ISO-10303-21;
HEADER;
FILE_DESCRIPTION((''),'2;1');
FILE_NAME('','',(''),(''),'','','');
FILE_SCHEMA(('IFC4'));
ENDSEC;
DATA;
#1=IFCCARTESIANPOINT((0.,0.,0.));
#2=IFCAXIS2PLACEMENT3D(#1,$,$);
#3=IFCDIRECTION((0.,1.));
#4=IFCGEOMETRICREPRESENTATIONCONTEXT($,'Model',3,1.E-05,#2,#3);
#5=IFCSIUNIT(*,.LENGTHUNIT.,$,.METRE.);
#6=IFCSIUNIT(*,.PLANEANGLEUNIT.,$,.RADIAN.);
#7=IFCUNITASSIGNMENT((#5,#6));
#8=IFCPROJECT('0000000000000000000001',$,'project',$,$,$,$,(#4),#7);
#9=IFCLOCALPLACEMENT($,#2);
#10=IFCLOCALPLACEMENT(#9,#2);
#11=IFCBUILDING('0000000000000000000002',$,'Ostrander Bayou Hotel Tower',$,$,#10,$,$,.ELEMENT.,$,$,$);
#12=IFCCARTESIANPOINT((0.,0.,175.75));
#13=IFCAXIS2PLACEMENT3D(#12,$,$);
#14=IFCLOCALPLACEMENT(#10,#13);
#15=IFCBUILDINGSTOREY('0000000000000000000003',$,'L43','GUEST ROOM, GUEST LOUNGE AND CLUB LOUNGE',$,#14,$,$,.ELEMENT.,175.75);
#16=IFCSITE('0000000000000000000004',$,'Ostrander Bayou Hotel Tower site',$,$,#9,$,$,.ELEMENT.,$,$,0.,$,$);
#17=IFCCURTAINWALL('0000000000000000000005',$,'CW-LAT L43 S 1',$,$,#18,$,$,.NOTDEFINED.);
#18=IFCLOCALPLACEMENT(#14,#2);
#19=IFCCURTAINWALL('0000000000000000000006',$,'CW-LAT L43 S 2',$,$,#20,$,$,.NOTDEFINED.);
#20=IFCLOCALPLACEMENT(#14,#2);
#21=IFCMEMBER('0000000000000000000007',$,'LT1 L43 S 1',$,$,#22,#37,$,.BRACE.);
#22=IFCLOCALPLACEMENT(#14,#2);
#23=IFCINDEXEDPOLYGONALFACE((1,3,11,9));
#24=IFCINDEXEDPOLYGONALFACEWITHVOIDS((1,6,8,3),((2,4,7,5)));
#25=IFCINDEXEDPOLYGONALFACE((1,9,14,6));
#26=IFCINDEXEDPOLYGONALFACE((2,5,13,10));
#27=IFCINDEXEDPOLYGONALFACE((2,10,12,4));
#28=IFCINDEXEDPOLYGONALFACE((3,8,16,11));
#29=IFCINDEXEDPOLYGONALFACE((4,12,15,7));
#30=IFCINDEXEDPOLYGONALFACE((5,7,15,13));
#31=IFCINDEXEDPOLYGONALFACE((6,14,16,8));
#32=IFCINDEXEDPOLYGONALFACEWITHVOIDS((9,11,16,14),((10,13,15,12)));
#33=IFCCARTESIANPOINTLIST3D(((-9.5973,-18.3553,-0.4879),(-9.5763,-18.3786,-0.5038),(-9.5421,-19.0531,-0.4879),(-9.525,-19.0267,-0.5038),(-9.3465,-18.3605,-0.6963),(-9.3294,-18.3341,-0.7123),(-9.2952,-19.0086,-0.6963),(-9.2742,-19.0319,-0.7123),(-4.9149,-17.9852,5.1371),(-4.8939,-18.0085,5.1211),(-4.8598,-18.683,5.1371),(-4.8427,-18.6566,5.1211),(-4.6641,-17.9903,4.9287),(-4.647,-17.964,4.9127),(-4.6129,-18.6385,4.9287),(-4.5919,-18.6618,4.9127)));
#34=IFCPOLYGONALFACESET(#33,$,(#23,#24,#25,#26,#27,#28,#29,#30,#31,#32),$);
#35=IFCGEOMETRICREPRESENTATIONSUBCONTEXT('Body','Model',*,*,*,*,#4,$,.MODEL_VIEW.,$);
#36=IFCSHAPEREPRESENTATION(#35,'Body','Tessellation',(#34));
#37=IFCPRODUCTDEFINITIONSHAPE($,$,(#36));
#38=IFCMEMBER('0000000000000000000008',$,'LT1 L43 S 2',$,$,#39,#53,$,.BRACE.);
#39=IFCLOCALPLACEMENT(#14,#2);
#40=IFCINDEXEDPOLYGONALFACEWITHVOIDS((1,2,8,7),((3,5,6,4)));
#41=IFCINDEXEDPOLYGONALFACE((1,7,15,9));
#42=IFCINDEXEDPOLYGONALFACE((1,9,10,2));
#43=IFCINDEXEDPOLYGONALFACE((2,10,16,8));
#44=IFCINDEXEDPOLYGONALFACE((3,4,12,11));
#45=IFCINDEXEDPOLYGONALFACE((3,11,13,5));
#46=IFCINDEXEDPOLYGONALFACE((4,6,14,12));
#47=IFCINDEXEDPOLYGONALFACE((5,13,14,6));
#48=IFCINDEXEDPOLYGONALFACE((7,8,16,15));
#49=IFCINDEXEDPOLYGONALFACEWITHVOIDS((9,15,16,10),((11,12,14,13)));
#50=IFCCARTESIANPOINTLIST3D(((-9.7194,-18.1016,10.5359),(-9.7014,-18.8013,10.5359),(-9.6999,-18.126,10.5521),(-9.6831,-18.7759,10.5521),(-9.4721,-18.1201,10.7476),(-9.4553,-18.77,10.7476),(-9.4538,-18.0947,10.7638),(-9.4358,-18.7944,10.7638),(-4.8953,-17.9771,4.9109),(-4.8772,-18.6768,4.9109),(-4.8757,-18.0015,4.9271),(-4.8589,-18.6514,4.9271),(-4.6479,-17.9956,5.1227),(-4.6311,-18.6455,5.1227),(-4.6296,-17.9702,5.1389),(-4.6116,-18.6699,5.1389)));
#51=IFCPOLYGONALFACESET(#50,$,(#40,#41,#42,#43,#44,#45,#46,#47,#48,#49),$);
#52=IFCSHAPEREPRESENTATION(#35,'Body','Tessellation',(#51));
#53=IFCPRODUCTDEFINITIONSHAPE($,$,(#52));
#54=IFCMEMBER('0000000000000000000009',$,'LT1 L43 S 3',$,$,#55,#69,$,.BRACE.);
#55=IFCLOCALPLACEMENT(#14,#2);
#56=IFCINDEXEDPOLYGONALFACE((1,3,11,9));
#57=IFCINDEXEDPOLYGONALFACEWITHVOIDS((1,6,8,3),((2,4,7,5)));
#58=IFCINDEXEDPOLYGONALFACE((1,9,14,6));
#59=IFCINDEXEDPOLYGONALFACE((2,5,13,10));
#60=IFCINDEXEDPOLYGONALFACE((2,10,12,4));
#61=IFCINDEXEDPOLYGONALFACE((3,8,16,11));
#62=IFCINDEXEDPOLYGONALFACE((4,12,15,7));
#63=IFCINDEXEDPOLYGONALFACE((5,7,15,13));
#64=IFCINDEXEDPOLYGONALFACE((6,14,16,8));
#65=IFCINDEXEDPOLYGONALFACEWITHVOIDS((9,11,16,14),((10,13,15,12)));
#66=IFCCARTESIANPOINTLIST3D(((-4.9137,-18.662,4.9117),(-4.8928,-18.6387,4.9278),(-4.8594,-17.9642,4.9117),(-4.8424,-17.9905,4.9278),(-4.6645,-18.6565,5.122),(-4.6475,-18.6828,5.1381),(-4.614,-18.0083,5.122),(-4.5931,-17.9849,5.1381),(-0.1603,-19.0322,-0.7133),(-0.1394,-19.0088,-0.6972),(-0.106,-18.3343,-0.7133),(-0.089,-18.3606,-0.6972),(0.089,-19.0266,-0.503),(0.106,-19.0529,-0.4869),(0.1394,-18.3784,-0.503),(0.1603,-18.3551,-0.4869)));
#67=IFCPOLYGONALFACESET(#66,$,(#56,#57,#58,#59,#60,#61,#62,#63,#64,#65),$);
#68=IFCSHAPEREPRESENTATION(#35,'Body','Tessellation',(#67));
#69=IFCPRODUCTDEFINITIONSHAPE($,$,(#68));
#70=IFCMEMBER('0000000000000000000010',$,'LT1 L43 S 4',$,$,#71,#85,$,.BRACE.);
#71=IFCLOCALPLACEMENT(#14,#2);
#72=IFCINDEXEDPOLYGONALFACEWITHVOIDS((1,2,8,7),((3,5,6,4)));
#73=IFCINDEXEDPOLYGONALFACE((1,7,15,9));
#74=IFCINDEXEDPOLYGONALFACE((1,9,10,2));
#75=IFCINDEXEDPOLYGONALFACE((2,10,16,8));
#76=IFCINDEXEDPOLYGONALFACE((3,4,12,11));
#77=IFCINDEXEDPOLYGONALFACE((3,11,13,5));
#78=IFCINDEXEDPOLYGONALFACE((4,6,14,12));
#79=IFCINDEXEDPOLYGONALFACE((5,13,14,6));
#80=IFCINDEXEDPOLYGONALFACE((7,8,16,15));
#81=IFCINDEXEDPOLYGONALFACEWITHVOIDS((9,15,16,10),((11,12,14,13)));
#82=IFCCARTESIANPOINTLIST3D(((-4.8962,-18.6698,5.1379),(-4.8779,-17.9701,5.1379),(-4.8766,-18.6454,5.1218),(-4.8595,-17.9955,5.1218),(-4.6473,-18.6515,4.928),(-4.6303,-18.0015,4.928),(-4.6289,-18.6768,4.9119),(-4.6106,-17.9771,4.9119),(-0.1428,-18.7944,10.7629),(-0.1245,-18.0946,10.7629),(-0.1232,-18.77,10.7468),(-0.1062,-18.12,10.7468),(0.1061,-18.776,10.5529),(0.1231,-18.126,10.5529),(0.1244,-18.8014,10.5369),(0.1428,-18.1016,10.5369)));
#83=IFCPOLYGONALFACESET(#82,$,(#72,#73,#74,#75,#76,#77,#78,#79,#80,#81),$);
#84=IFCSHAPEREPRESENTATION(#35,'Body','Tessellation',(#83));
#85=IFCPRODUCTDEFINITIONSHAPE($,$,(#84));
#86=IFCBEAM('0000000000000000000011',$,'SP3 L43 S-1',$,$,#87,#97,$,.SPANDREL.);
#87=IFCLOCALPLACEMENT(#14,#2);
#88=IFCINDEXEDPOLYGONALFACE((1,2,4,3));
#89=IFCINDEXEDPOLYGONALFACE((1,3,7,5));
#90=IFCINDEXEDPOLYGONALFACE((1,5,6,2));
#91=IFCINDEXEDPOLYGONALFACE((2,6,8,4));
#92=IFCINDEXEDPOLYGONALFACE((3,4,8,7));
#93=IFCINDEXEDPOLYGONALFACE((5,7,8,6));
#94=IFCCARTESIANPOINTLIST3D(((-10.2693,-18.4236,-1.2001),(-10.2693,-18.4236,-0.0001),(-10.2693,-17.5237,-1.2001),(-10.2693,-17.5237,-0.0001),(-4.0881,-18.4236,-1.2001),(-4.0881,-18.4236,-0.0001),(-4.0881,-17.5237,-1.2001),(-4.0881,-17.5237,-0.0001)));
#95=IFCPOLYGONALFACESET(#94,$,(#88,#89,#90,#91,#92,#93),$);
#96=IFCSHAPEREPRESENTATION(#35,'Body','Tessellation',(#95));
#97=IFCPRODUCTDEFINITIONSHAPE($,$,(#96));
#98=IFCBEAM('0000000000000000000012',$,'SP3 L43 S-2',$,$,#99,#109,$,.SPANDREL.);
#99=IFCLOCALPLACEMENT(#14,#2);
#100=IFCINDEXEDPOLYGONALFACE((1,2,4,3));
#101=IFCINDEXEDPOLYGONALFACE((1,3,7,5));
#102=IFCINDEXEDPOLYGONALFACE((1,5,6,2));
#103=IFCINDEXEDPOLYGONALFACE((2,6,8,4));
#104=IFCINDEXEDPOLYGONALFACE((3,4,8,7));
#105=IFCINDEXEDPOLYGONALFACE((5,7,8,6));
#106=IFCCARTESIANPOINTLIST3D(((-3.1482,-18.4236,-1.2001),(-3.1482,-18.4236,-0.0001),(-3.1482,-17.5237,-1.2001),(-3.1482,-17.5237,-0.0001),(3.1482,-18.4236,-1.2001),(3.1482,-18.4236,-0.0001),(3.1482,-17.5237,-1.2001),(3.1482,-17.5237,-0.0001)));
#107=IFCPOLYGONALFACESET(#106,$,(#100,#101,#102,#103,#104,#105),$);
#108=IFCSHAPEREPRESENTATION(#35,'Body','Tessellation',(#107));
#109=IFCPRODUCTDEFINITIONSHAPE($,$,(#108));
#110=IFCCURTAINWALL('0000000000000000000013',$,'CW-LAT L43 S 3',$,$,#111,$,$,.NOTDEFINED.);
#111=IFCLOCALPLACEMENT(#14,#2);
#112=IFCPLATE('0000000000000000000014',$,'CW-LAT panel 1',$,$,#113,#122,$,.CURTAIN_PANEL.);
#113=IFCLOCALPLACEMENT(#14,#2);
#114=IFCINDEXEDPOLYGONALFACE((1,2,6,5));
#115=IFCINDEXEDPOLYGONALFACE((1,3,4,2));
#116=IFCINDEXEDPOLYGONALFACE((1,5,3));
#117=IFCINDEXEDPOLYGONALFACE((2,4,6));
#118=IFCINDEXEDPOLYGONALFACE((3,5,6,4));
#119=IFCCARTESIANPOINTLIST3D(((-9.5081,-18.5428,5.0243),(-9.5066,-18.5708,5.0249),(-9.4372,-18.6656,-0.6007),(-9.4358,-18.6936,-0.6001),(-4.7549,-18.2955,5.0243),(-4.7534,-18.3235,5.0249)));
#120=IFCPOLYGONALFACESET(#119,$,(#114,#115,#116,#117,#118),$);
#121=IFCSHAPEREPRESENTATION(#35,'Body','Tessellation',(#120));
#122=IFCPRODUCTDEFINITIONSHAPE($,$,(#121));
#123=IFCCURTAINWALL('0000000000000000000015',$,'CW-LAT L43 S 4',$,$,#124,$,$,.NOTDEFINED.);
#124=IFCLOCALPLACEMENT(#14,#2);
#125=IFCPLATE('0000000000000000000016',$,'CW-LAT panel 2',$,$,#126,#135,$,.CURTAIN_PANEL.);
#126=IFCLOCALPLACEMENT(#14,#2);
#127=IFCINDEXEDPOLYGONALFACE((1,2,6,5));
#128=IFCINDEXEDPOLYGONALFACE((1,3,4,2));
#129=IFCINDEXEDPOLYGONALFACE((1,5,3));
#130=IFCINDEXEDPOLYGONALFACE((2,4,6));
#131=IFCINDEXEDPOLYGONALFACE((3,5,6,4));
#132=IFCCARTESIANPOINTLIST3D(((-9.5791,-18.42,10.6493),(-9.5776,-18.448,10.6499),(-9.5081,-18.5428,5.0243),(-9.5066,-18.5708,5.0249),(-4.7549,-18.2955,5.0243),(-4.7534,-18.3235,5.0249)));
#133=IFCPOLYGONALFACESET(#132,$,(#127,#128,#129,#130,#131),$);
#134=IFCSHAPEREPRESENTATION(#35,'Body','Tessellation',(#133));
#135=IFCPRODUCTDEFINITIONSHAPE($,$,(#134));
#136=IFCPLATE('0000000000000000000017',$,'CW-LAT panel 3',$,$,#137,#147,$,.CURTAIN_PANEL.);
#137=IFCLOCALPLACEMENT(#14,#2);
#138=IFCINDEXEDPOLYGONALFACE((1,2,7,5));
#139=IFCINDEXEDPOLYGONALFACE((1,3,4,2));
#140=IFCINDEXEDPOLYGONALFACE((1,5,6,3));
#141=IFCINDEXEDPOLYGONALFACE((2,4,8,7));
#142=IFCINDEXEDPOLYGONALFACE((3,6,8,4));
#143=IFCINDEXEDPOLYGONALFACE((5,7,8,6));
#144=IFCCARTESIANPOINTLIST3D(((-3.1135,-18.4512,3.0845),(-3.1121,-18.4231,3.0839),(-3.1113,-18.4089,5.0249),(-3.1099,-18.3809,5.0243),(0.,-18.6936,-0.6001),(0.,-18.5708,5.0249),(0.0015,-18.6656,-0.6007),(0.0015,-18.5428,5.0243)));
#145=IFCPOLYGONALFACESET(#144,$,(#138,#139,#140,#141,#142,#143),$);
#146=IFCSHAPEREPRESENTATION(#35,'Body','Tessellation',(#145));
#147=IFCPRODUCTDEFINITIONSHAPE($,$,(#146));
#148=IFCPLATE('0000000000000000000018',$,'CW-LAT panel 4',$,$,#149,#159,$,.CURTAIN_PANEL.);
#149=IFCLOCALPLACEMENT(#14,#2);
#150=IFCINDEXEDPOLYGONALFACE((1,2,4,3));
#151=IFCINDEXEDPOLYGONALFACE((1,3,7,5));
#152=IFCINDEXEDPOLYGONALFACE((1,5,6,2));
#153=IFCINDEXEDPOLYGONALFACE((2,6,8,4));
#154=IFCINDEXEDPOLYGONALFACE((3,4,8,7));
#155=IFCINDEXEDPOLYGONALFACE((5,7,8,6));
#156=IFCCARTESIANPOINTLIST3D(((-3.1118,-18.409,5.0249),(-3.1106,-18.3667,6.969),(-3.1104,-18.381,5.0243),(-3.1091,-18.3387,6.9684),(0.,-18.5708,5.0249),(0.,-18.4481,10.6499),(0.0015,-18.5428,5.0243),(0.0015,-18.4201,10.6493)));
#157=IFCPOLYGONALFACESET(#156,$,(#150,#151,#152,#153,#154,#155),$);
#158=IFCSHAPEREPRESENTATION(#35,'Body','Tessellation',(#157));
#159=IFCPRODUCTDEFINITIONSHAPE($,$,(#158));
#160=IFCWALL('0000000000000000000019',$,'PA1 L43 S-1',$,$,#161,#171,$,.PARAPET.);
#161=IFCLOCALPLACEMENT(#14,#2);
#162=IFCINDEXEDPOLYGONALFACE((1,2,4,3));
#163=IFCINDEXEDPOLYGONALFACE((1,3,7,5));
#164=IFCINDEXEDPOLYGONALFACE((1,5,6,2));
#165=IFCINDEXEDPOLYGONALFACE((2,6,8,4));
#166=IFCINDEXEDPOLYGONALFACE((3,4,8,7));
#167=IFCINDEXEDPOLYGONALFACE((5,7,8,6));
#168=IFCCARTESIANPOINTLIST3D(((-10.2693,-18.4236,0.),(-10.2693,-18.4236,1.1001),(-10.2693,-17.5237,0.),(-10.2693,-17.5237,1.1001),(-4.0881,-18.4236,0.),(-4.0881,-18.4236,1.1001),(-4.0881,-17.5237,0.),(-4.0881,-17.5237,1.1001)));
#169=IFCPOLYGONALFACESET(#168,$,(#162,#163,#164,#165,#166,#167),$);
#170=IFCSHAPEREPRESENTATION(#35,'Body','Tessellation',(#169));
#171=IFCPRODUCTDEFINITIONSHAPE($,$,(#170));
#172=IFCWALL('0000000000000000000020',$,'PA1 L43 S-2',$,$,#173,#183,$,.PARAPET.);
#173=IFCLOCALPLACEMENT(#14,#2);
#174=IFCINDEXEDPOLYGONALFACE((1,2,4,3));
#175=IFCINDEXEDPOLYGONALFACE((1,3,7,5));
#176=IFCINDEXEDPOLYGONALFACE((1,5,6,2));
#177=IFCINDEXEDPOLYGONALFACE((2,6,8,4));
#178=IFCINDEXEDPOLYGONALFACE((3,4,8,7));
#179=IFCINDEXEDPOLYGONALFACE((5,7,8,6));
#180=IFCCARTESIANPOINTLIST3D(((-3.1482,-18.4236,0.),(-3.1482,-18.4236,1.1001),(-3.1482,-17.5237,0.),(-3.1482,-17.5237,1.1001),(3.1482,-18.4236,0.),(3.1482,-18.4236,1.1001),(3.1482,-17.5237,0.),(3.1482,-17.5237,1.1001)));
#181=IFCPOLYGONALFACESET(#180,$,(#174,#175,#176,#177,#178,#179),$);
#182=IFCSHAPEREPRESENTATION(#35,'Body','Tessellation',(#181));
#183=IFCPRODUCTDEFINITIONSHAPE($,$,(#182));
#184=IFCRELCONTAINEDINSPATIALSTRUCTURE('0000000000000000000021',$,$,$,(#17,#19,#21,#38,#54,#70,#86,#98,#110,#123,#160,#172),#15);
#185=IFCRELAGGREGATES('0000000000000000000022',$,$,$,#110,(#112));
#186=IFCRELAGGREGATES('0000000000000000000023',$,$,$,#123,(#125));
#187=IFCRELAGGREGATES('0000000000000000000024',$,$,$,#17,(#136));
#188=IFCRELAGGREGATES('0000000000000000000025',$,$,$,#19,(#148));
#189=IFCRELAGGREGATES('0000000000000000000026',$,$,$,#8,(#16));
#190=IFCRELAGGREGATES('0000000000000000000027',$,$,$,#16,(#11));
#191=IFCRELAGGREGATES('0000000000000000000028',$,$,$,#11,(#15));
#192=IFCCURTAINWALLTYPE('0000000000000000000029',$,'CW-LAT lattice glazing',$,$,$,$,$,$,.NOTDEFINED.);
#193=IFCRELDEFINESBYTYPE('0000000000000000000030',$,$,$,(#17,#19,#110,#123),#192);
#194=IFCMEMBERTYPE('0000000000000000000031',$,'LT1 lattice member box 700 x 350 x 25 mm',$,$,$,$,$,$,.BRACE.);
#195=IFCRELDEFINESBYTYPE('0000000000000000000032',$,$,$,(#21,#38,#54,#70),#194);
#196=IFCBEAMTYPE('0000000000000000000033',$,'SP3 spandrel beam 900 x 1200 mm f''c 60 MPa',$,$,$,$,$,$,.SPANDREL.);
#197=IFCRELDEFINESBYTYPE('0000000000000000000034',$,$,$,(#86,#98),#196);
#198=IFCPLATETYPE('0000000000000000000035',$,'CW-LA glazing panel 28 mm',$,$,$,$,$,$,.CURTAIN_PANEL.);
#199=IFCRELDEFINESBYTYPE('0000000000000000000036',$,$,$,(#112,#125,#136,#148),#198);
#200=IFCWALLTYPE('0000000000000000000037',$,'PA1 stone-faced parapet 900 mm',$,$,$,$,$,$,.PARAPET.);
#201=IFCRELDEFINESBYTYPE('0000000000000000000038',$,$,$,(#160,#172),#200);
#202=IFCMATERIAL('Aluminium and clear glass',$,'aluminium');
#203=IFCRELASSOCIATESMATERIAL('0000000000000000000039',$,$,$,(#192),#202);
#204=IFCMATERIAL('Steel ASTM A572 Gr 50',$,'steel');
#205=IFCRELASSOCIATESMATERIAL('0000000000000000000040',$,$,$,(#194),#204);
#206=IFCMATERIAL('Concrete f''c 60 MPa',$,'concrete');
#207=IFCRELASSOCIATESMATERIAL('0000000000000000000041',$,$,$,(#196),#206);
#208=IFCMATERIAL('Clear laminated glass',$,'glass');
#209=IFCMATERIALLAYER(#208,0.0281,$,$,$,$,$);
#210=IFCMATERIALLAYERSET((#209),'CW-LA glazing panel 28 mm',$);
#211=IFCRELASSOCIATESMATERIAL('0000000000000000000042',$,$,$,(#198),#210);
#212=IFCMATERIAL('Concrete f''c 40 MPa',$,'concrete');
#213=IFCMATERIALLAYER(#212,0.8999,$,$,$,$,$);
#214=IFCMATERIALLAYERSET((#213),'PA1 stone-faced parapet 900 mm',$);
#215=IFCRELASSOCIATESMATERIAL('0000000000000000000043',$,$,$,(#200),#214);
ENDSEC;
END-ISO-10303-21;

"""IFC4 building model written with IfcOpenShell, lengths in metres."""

from ifc_helpers import new_model, si_unit, direction, frame, frame_2d, origin, origin_2d, place, context, subcontext, project, spatial, polyline, rectangle, hollow_rectangle, outline, extrude, material, layer, layer_set, material_profile, profile_set, type_object, element, aggregate, save


model = new_model("IFC4")

# Units and contexts
model_context = context("Model", 3, precision=1e-05, world=origin(), true_north=direction((0.0, 1.0)))
body_context = subcontext(model_context, "Body", "Model", "MODEL_VIEW")
ifc_project = project(units=[si_unit("LENGTHUNIT", "METRE"), si_unit("PLANEANGLEUNIT", "RADIAN")], contexts=[model_context])

# Site, building, storey
site_placement = place(None, origin())
site = spatial("IfcSite", under=ifc_project, at=site_placement, Name="Ostrander Bayou Hotel Tower site", CompositionType="ELEMENT", RefElevation=0.0)
building_placement = place(site_placement, origin())
building = spatial("IfcBuilding", under=site, at=building_placement, Name="Ostrander Bayou Hotel Tower", CompositionType="ELEMENT")
storey_placement = place(building_placement, frame((0.0, 0.0, 175.75)))
storey = spatial("IfcBuildingStorey", under=building, at=storey_placement, Name="L43", Description="GUEST ROOM, GUEST LOUNGE AND CLUB LOUNGE", CompositionType="ELEMENT", Elevation=175.75)

# Curtain wall
ifc_material_1 = material(Name="Aluminium and clear glass", Category="aluminium")
curtain_wall_type = type_object("IfcCurtainWallType", Name="CW-LAT lattice glazing", PredefinedType="NOTDEFINED", material=ifc_material_1)
curtain_wall_1_placement = place(storey_placement, origin())
curtain_wall_1 = element("IfcCurtainWall", 1, at=curtain_wall_1_placement, inside=storey, type_object=curtain_wall_type, Name="CW-LAT L43 S 1", PredefinedType="NOTDEFINED")

# Curtain wall
curtain_wall_2_placement = place(storey_placement, origin())
curtain_wall_2 = element("IfcCurtainWall", 2, at=curtain_wall_2_placement, inside=storey, type_object=curtain_wall_type, Name="CW-LAT L43 S 2", PredefinedType="NOTDEFINED")

# Members
ifc_material_2 = material(Name="Steel ASTM A572 Gr 50", Category="steel")
ifc_material_profile_1 = material_profile(ifc_material_2, hollow_rectangle(XDim=0.7, YDim=0.3501, WallThickness=0.0249, at=origin_2d()))
ifc_profile_set_1 = profile_set([ifc_material_profile_1], Name="Steel ASTM A572 Gr 50")
member_type_1 = type_object("IfcMemberType", Name="LT1 lattice member box 700 x 350 x 25 mm", PredefinedType="BRACE", material=ifc_profile_set_1)
member_1_placement = place(storey_placement, frame((-4.7534, -18.3235, 5.0249), z_axis=(-0.638954, -0.050506, -0.767585), x_axis=(0.078799, -0.996891, 0.0)))
element("IfcMember", 3, at=member_1_placement, inside=storey, type_object=member_type_1, Name="LT1 L43 S 1", PredefinedType="BRACE", context=body_context, shape_type="SweptSolid", body=[
    extrude(hollow_rectangle(XDim=0.7, YDim=0.3501, WallThickness=0.0249, at=origin_2d()), origin(), (0.0, 0.0, 1.0), 7.3281),
])
member_2_placement = place(storey_placement, frame((-4.7534, -18.3235, 5.0249), z_axis=(-0.650917, -0.0168, 0.758963), x_axis=(0.025801, -0.999667, 0.0)))
element("IfcMember", 4, at=member_2_placement, inside=storey, type_object=member_type_1, Name="LT1 L43 S 2", PredefinedType="BRACE", context=body_context, shape_type="SweptSolid", body=[
    extrude(hollow_rectangle(XDim=0.7, YDim=0.3501, WallThickness=0.0249, at=origin_2d()), origin(), (0.0, 0.0, 1.0), 7.4114),
])
member_3_placement = place(storey_placement, frame((-4.7534, -18.3235, 5.0249), z_axis=(0.644638, -0.050194, -0.762838), x_axis=(0.077628, 0.996982, 0.0)))
element("IfcMember", 5, at=member_3_placement, inside=storey, type_object=member_type_1, Name="LT1 L43 S 3", PredefinedType="BRACE", context=body_context, shape_type="SweptSolid", body=[
    extrude(hollow_rectangle(XDim=0.7, YDim=0.3501, WallThickness=0.0249, at=origin_2d()), origin(), (0.0, 0.0, 1.0), 7.3738),
])
member_4_placement = place(storey_placement, frame((-4.7534, -18.3235, 5.0249), z_axis=(0.645359, -0.016905, 0.763692), x_axis=(0.026185, 0.999657, 0.0)))
element("IfcMember", 6, at=member_4_placement, inside=storey, type_object=member_type_1, Name="LT1 L43 S 4", PredefinedType="BRACE", context=body_context, shape_type="SweptSolid", body=[
    extrude(hollow_rectangle(XDim=0.7, YDim=0.3501, WallThickness=0.0249, at=origin_2d()), origin(), (0.0, 0.0, 1.0), 7.3655),
])

# Beams
ifc_material_3 = material(Name="Concrete f'c 60 MPa", Category="concrete")
ifc_material_profile_2 = material_profile(ifc_material_3, rectangle(XDim=0.8999, YDim=1.2, at=origin_2d()))
ifc_profile_set_2 = profile_set([ifc_material_profile_2], Name="Concrete f'c 60 MPa")
beam_type_1 = type_object("IfcBeamType", Name="SP3 spandrel beam 900 x 1200 mm f'c 60 MPa", PredefinedType="SPANDREL", material=ifc_profile_set_2)
beam_1_placement = place(storey_placement, frame((-10.2693, -17.9736, -0.6001), z_axis=(1.0, 0.0, 0.0), x_axis=(0.0, 1.0, 0.0)))
element("IfcBeam", 7, at=beam_1_placement, inside=storey, type_object=beam_type_1, Name="SP3 L43 S-1", PredefinedType="SPANDREL", context=body_context, shape_type="SweptSolid", body=[
    extrude(rectangle(XDim=0.8999, YDim=1.2, at=origin_2d()), origin(), (0.0, 0.0, 1.0), 6.1812),
])
beam_2_placement = place(storey_placement, frame((-3.1482, -17.9736, -0.6001), z_axis=(1.0, 0.0, 0.0), x_axis=(0.0, 1.0, 0.0)))
element("IfcBeam", 8, at=beam_2_placement, inside=storey, type_object=beam_type_1, Name="SP3 L43 S-2", PredefinedType="SPANDREL", context=body_context, shape_type="SweptSolid", body=[
    extrude(rectangle(XDim=0.8999, YDim=1.2, at=origin_2d()), origin(), (0.0, 0.0, 1.0), 6.2964),
])

# Curtain walls, plates
curtain_wall_3_placement = place(storey_placement, origin())
curtain_wall_3 = element("IfcCurtainWall", 9, at=curtain_wall_3_placement, inside=storey, type_object=curtain_wall_type, Name="CW-LAT L43 S 3", PredefinedType="NOTDEFINED")
ifc_material_4 = material(Name="Clear laminated glass", Category="glass")
ifc_layer_1 = layer(ifc_material_4, 0.0281)
ifc_layer_set_1 = layer_set([ifc_layer_1], Name="CW-LA glazing panel 28 mm")
plate_type = type_object("IfcPlateType", Name="CW-LA glazing panel 28 mm", PredefinedType="CURTAIN_PANEL", material=ifc_layer_set_1)
plate_1_placement = place(storey_placement, frame((-4.7534, -18.3235, 5.0249), z_axis=(0.051948, -0.998397, 0.02245), x_axis=(-0.638954, -0.050506, -0.767585)))
plate_1 = element("IfcPlate", 10, at=plate_1_placement, type_object=plate_type, Name="CW-LAT panel 1", PredefinedType="CURTAIN_PANEL", context=body_context, shape_type="SweptSolid", body=[
    extrude(outline(polyline([(0.0, 0.0), (7.3282, 0.0), (3.0496, -3.6543), (0.0, 0.0)])), origin(), (0.0, 0.0, -1.0), 0.0281),
])
aggregate(curtain_wall_3, [plate_1])
curtain_wall_4_placement = place(storey_placement, origin())
curtain_wall_4 = element("IfcCurtainWall", 11, at=curtain_wall_4_placement, inside=storey, type_object=curtain_wall_type, Name="CW-LAT L43 S 4", PredefinedType="NOTDEFINED")
plate_2_placement = place(storey_placement, frame((-4.7534, -18.3235, 5.0249), z_axis=(0.051948, -0.998397, 0.022453), x_axis=(-0.650917, -0.0168, 0.758963)))
plate_2 = element("IfcPlate", 12, at=plate_2_placement, type_object=plate_type, Name="CW-LAT panel 2", PredefinedType="CURTAIN_PANEL", context=body_context, shape_type="SweptSolid", body=[
    extrude(outline(polyline([(0.0, 0.0), (7.4114, 0.0), (3.0981, 3.6133), (0.0, 0.0)])), origin(), (0.0, 0.0, -1.0), 0.0281),
])
aggregate(curtain_wall_4, [plate_2])

# Plates
plate_3_placement = place(storey_placement, frame((-3.1135, -18.4512, 3.0845), z_axis=(-0.051945, -0.998412, 0.021795), x_axis=(0.644623, -0.050191, -0.762851)))
plate_3 = element("IfcPlate", 13, at=plate_3_placement, type_object=plate_type, Name="CW-LAT panel 3", PredefinedType="CURTAIN_PANEL", context=body_context, shape_type="SweptSolid", body=[
    extrude(outline(polyline([(0.0, 0.0), (4.83, 0.0), (0.5328, 3.6318), (-1.481, 1.2545), (0.0, 0.0)])), origin(), (0.0, 0.0, -1.0), 0.0281),
])
aggregate(curtain_wall_1, [plate_3])
plate_4_placement = place(storey_placement, frame((-3.1106, -18.3667, 6.969), z_axis=(-0.0519, -0.998415, 0.021778), x_axis=(0.645363, -0.016889, 0.763689)))
plate_4 = element("IfcPlate", 14, at=plate_4_placement, type_object=plate_type, Name="CW-LAT panel 4", PredefinedType="CURTAIN_PANEL", context=body_context, shape_type="SweptSolid", body=[
    extrude(outline(polyline([(0.0, 0.0), (4.8199, 0.0), (0.5262, -3.6359), (-1.4848, -1.2557), (0.0, 0.0)])), origin(), (0.0, 0.0, -1.0), 0.0281),
])
aggregate(curtain_wall_2, [plate_4])

# Walls
ifc_material_5 = material(Name="Concrete f'c 40 MPa", Category="concrete")
ifc_layer_2 = layer(ifc_material_5, 0.8999)
ifc_layer_set_2 = layer_set([ifc_layer_2], Name="PA1 stone-faced parapet 900 mm")
wall_type = type_object("IfcWallType", Name="PA1 stone-faced parapet 900 mm", PredefinedType="PARAPET", material=ifc_layer_set_2)
wall_1_placement = place(storey_placement, frame((-10.2693, -17.9736, 0.0), z_axis=(0.0, 0.0, 1.0), x_axis=(1.0, 0.0, 0.0)))
element("IfcWall", 15, at=wall_1_placement, inside=storey, type_object=wall_type, Name="PA1 L43 S-1", PredefinedType="PARAPET", context=body_context, shape_type="SweptSolid", body=[
    extrude(rectangle(XDim=6.1812, YDim=0.8999, at=frame_2d((3.0906, 0.0))), origin(), (0.0, 0.0, 1.0), 1.1001),
])
wall_2_placement = place(storey_placement, frame((-3.1482, -17.9736, 0.0), z_axis=(0.0, 0.0, 1.0), x_axis=(1.0, 0.0, 0.0)))
element("IfcWall", 16, at=wall_2_placement, inside=storey, type_object=wall_type, Name="PA1 L43 S-2", PredefinedType="PARAPET", context=body_context, shape_type="SweptSolid", body=[
    extrude(rectangle(XDim=6.2964, YDim=0.8999, at=frame_2d((3.1482, 0.0))), origin(), (0.0, 0.0, 1.0), 1.1001),
])

save(model, "model.ifc")
